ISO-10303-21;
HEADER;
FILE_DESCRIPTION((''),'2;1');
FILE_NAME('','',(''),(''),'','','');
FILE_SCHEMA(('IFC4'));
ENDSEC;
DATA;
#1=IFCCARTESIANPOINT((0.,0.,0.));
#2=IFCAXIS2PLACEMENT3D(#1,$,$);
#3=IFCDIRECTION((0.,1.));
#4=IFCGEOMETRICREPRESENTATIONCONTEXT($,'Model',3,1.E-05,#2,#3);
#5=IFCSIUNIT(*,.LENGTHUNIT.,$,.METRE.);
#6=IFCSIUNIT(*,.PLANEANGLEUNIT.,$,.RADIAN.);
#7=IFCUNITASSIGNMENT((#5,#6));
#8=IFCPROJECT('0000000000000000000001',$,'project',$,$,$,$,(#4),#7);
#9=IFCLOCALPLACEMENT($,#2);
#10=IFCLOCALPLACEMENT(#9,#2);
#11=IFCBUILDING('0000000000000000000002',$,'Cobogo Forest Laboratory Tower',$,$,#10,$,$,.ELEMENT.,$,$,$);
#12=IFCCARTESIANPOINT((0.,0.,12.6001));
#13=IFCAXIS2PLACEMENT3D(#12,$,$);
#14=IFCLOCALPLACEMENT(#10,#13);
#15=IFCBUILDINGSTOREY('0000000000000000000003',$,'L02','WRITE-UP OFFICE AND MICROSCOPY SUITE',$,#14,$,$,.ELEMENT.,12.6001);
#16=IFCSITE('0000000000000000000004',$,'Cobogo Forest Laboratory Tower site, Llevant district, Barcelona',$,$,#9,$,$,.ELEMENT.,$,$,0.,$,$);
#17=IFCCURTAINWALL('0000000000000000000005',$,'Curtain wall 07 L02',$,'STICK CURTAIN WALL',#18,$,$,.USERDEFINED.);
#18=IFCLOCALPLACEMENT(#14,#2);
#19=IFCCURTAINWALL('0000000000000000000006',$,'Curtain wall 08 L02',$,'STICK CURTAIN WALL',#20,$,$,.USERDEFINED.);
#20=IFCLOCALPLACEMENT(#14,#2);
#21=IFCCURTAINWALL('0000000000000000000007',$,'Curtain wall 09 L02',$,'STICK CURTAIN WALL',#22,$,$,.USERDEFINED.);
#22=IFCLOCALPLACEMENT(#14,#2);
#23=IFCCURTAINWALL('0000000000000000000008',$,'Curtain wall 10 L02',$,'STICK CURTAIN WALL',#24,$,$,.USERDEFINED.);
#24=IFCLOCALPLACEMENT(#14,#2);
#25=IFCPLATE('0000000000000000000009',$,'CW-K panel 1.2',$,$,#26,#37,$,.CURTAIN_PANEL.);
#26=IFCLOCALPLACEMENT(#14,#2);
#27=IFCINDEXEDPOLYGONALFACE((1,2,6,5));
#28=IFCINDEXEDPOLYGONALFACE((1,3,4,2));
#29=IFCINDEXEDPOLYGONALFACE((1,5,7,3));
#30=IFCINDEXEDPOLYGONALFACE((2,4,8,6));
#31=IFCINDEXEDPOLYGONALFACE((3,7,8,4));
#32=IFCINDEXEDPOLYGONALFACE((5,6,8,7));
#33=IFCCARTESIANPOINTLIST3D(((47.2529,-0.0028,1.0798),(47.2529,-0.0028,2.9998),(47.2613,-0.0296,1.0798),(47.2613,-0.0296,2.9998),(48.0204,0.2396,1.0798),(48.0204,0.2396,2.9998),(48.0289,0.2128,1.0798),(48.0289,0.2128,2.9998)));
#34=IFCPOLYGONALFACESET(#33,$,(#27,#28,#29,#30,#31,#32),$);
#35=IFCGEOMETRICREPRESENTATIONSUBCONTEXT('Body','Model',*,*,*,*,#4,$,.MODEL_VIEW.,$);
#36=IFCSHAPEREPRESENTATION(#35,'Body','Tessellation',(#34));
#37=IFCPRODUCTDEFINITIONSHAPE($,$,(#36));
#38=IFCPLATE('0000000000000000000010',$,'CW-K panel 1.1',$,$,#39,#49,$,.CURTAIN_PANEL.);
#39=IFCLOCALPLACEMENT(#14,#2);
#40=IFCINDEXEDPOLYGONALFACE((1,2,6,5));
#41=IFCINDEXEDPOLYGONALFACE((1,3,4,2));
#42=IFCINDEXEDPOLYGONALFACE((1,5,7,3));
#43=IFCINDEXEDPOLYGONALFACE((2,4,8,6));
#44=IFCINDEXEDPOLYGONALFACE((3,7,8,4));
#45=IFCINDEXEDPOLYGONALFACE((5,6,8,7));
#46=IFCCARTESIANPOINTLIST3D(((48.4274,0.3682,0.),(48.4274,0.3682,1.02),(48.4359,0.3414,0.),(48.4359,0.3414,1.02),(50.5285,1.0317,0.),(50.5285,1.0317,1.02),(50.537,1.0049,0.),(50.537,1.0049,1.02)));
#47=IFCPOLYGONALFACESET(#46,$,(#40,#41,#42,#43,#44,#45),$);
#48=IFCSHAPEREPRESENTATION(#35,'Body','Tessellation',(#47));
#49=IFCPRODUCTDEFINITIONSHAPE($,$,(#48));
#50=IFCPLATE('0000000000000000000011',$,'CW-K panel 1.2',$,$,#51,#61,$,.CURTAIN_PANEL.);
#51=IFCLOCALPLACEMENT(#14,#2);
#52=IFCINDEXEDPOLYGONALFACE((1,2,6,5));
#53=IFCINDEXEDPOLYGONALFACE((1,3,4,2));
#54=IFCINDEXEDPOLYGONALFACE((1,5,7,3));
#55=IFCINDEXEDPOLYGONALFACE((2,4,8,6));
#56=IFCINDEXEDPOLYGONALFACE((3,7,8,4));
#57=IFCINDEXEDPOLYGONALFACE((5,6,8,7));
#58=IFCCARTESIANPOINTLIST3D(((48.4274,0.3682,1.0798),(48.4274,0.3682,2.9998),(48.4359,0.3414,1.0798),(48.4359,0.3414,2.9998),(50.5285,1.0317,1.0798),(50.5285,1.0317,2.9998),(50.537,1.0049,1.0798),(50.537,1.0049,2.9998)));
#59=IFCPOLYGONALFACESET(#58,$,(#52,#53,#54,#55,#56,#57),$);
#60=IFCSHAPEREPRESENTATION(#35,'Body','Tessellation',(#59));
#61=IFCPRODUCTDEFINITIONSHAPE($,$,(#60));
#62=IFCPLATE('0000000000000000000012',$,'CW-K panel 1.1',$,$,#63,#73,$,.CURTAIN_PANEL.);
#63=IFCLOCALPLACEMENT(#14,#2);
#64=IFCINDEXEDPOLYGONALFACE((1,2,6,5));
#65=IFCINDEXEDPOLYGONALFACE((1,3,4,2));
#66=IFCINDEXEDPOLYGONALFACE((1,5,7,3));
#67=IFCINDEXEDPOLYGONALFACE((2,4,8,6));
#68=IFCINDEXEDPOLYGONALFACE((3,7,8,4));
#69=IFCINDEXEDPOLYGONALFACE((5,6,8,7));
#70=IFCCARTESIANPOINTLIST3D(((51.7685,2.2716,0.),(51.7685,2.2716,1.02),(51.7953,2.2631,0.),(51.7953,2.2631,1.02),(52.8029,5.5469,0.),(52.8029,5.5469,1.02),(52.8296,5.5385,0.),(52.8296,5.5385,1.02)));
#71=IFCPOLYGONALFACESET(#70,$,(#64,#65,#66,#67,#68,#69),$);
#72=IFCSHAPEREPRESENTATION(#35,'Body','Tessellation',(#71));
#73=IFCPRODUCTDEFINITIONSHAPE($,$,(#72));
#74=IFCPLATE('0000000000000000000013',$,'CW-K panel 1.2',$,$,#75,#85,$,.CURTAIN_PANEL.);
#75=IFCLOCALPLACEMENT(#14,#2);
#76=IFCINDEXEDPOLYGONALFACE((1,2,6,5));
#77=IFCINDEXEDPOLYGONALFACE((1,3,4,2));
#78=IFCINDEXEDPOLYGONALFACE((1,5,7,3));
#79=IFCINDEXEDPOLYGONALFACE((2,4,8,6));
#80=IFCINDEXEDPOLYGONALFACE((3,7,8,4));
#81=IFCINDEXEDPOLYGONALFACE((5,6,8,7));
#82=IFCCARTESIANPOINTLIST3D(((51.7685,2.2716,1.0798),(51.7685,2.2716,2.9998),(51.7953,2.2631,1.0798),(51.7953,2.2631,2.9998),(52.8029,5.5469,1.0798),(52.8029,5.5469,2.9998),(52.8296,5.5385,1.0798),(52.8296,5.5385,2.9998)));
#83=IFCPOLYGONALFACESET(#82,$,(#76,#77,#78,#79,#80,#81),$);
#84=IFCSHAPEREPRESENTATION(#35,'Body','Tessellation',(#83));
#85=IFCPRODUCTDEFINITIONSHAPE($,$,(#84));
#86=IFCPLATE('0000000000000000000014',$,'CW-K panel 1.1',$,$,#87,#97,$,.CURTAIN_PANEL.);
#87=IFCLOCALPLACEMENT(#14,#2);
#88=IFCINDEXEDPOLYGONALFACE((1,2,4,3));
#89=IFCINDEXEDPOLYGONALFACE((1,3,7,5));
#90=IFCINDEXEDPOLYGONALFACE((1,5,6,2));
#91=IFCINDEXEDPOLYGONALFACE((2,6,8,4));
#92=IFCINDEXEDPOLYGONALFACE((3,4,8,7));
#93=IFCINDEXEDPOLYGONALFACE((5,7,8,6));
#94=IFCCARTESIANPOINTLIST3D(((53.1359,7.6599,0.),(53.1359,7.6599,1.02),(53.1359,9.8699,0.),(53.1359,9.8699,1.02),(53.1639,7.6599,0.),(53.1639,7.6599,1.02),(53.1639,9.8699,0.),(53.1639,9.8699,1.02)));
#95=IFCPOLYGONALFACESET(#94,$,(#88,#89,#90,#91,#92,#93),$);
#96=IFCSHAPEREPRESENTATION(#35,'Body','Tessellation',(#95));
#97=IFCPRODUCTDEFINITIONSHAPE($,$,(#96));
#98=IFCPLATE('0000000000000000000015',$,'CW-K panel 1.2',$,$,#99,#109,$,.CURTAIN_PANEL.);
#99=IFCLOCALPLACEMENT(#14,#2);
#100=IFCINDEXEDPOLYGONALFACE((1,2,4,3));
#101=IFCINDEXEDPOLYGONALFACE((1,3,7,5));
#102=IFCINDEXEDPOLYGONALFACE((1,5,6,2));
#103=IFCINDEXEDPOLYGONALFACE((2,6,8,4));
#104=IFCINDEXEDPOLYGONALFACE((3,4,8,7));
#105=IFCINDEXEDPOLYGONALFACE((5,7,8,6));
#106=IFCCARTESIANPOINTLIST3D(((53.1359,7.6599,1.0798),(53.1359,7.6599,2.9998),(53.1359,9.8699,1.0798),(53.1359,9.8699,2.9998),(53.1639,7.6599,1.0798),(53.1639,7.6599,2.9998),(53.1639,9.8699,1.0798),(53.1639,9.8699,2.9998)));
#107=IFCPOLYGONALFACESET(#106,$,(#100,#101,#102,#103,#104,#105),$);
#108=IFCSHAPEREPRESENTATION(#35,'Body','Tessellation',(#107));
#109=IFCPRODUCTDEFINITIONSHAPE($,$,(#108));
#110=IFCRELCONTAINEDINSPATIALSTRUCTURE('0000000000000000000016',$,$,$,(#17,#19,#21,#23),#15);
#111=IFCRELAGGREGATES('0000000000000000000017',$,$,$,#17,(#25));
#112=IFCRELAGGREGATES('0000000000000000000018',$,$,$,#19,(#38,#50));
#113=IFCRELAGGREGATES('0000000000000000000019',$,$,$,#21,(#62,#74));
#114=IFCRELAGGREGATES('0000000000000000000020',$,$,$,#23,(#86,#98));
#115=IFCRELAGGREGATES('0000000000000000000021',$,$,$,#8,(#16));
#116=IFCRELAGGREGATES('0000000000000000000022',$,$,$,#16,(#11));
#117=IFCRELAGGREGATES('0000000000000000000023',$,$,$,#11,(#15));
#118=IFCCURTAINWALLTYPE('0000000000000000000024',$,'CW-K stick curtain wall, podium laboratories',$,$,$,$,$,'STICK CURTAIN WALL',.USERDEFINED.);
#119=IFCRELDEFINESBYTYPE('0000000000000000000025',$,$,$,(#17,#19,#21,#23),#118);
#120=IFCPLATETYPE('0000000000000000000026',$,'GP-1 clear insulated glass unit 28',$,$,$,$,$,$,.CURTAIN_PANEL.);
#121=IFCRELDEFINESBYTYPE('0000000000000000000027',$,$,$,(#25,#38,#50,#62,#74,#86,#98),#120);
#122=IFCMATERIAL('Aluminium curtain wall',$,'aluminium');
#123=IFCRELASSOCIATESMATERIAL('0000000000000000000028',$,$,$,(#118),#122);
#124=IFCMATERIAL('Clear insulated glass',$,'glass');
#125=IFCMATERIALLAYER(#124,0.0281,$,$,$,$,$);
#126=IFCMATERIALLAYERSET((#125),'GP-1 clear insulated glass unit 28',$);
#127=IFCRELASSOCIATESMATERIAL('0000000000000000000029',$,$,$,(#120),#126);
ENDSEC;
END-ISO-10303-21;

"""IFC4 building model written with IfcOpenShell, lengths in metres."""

from ifc_helpers import new_model, si_unit, direction, frame, origin, origin_2d, place, context, subcontext, project, spatial, rectangle, extrude, material, layer, layer_set, type_object, element, aggregate, save


model = new_model("IFC4")

# Units and contexts
model_context = context("Model", 3, precision=1e-05, world=origin(), true_north=direction((0.0, 1.0)))
body_context = subcontext(model_context, "Body", "Model", "MODEL_VIEW")
ifc_project = project(units=[si_unit("LENGTHUNIT", "METRE"), si_unit("PLANEANGLEUNIT", "RADIAN")], contexts=[model_context])

# Site, building, storey
site_placement = place(None, origin())
site = spatial("IfcSite", under=ifc_project, at=site_placement, Name="Cobogo Forest Laboratory Tower site, Llevant district, Barcelona", CompositionType="ELEMENT", RefElevation=0.0)
building_placement = place(site_placement, origin())
building = spatial("IfcBuilding", under=site, at=building_placement, Name="Cobogo Forest Laboratory Tower", CompositionType="ELEMENT")
storey_placement = place(building_placement, frame((0.0, 0.0, 12.6001)))
storey = spatial("IfcBuildingStorey", under=building, at=storey_placement, Name="L02", Description="WRITE-UP OFFICE AND MICROSCOPY SUITE", CompositionType="ELEMENT", Elevation=12.6001)

# Curtain walls
ifc_material_1 = material(Name="Aluminium curtain wall", Category="aluminium")
curtain_wall_type = type_object("IfcCurtainWallType", Name="CW-K stick curtain wall, podium laboratories", ElementType="STICK CURTAIN WALL", PredefinedType="USERDEFINED", material=ifc_material_1)
curtain_wall_1_placement = place(storey_placement, origin())
curtain_wall_1 = element("IfcCurtainWall", 1, at=curtain_wall_1_placement, inside=storey, type_object=curtain_wall_type, Name="Curtain wall 07 L02", ObjectType="STICK CURTAIN WALL", PredefinedType="USERDEFINED")
curtain_wall_2_placement = place(storey_placement, origin())
curtain_wall_2 = element("IfcCurtainWall", 2, at=curtain_wall_2_placement, inside=storey, type_object=curtain_wall_type, Name="Curtain wall 08 L02", ObjectType="STICK CURTAIN WALL", PredefinedType="USERDEFINED")
curtain_wall_3_placement = place(storey_placement, origin())
curtain_wall_3 = element("IfcCurtainWall", 3, at=curtain_wall_3_placement, inside=storey, type_object=curtain_wall_type, Name="Curtain wall 09 L02", ObjectType="STICK CURTAIN WALL", PredefinedType="USERDEFINED")
curtain_wall_4_placement = place(storey_placement, origin())
curtain_wall_4 = element("IfcCurtainWall", 4, at=curtain_wall_4_placement, inside=storey, type_object=curtain_wall_type, Name="Curtain wall 10 L02", ObjectType="STICK CURTAIN WALL", PredefinedType="USERDEFINED")

# Plates
ifc_material_2 = material(Name="Clear insulated glass", Category="glass")
ifc_layer = layer(ifc_material_2, 0.0281)
ifc_layer_set = layer_set([ifc_layer], Name="GP-1 clear insulated glass unit 28")
plate_type = type_object("IfcPlateType", Name="GP-1 clear insulated glass unit 28", PredefinedType="CURTAIN_PANEL", material=ifc_layer_set)
plate_1_placement = place(storey_placement, frame((47.6409, 0.105, 1.0798), z_axis=(0.0, 0.0, 1.0), x_axis=(0.953581, 0.301135, 0.0)))
plate_1 = element("IfcPlate", 5, at=plate_1_placement, type_object=plate_type, Name="CW-K panel 1.2", PredefinedType="CURTAIN_PANEL", context=body_context, shape_type="SweptSolid", body=[
    extrude(rectangle(XDim=0.8049, YDim=0.0281, at=origin_2d()), origin(), (0.0, 0.0, 1.0), 1.9199),
])
aggregate(curtain_wall_1, [plate_1])
plate_2_placement = place(storey_placement, frame((49.4822, 0.6865, 0.0), z_axis=(0.0, 0.0, 1.0), x_axis=(0.953581, 0.301135, 0.0)))
plate_2 = element("IfcPlate", 6, at=plate_2_placement, type_object=plate_type, Name="CW-K panel 1.1", PredefinedType="CURTAIN_PANEL", context=body_context, shape_type="SweptSolid", body=[
    extrude(rectangle(XDim=2.2034, YDim=0.0281, at=origin_2d()), origin(), (0.0, 0.0, 1.0), 1.02),
])
plate_3_placement = place(storey_placement, frame((49.4822, 0.6865, 1.0798), z_axis=(0.0, 0.0, 1.0), x_axis=(0.953581, 0.301135, 0.0)))
plate_3 = element("IfcPlate", 7, at=plate_3_placement, type_object=plate_type, Name="CW-K panel 1.2", PredefinedType="CURTAIN_PANEL", context=body_context, shape_type="SweptSolid", body=[
    extrude(rectangle(XDim=2.2034, YDim=0.0281, at=origin_2d()), origin(), (0.0, 0.0, 1.0), 1.9199),
])
aggregate(curtain_wall_2, [plate_2, plate_3])
plate_4_placement = place(storey_placement, frame((52.2991, 3.905, 0.0), z_axis=(0.0, 0.0, 1.0), x_axis=(0.301135, 0.953581, 0.0)))
plate_4 = element("IfcPlate", 8, at=plate_4_placement, type_object=plate_type, Name="CW-K panel 1.1", PredefinedType="CURTAIN_PANEL", context=body_context, shape_type="SweptSolid", body=[
    extrude(rectangle(XDim=3.4348, YDim=0.0281, at=origin_2d()), origin(), (0.0, 0.0, 1.0), 1.02),
])
plate_5_placement = place(storey_placement, frame((52.2991, 3.905, 1.0798), z_axis=(0.0, 0.0, 1.0), x_axis=(0.301135, 0.953581, 0.0)))
plate_5 = element("IfcPlate", 9, at=plate_5_placement, type_object=plate_type, Name="CW-K panel 1.2", PredefinedType="CURTAIN_PANEL", context=body_context, shape_type="SweptSolid", body=[
    extrude(rectangle(XDim=3.4348, YDim=0.0281, at=origin_2d()), origin(), (0.0, 0.0, 1.0), 1.9199),
])
aggregate(curtain_wall_3, [plate_4, plate_5])
plate_6_placement = place(storey_placement, frame((53.1499, 8.7649, 0.0), z_axis=(0.0, 0.0, 1.0), x_axis=(0.0, 1.0, 0.0)))
plate_6 = element("IfcPlate", 10, at=plate_6_placement, type_object=plate_type, Name="CW-K panel 1.1", PredefinedType="CURTAIN_PANEL", context=body_context, shape_type="SweptSolid", body=[
    extrude(rectangle(XDim=2.21, YDim=0.0281, at=origin_2d()), origin(), (0.0, 0.0, 1.0), 1.02),
])
plate_7_placement = place(storey_placement, frame((53.1499, 8.7649, 1.0798), z_axis=(0.0, 0.0, 1.0), x_axis=(0.0, 1.0, 0.0)))
plate_7 = element("IfcPlate", 11, at=plate_7_placement, type_object=plate_type, Name="CW-K panel 1.2", PredefinedType="CURTAIN_PANEL", context=body_context, shape_type="SweptSolid", body=[
    extrude(rectangle(XDim=2.21, YDim=0.0281, at=origin_2d()), origin(), (0.0, 0.0, 1.0), 1.9199),
])
aggregate(curtain_wall_4, [plate_6, plate_7])

save(model, "model.ifc")
